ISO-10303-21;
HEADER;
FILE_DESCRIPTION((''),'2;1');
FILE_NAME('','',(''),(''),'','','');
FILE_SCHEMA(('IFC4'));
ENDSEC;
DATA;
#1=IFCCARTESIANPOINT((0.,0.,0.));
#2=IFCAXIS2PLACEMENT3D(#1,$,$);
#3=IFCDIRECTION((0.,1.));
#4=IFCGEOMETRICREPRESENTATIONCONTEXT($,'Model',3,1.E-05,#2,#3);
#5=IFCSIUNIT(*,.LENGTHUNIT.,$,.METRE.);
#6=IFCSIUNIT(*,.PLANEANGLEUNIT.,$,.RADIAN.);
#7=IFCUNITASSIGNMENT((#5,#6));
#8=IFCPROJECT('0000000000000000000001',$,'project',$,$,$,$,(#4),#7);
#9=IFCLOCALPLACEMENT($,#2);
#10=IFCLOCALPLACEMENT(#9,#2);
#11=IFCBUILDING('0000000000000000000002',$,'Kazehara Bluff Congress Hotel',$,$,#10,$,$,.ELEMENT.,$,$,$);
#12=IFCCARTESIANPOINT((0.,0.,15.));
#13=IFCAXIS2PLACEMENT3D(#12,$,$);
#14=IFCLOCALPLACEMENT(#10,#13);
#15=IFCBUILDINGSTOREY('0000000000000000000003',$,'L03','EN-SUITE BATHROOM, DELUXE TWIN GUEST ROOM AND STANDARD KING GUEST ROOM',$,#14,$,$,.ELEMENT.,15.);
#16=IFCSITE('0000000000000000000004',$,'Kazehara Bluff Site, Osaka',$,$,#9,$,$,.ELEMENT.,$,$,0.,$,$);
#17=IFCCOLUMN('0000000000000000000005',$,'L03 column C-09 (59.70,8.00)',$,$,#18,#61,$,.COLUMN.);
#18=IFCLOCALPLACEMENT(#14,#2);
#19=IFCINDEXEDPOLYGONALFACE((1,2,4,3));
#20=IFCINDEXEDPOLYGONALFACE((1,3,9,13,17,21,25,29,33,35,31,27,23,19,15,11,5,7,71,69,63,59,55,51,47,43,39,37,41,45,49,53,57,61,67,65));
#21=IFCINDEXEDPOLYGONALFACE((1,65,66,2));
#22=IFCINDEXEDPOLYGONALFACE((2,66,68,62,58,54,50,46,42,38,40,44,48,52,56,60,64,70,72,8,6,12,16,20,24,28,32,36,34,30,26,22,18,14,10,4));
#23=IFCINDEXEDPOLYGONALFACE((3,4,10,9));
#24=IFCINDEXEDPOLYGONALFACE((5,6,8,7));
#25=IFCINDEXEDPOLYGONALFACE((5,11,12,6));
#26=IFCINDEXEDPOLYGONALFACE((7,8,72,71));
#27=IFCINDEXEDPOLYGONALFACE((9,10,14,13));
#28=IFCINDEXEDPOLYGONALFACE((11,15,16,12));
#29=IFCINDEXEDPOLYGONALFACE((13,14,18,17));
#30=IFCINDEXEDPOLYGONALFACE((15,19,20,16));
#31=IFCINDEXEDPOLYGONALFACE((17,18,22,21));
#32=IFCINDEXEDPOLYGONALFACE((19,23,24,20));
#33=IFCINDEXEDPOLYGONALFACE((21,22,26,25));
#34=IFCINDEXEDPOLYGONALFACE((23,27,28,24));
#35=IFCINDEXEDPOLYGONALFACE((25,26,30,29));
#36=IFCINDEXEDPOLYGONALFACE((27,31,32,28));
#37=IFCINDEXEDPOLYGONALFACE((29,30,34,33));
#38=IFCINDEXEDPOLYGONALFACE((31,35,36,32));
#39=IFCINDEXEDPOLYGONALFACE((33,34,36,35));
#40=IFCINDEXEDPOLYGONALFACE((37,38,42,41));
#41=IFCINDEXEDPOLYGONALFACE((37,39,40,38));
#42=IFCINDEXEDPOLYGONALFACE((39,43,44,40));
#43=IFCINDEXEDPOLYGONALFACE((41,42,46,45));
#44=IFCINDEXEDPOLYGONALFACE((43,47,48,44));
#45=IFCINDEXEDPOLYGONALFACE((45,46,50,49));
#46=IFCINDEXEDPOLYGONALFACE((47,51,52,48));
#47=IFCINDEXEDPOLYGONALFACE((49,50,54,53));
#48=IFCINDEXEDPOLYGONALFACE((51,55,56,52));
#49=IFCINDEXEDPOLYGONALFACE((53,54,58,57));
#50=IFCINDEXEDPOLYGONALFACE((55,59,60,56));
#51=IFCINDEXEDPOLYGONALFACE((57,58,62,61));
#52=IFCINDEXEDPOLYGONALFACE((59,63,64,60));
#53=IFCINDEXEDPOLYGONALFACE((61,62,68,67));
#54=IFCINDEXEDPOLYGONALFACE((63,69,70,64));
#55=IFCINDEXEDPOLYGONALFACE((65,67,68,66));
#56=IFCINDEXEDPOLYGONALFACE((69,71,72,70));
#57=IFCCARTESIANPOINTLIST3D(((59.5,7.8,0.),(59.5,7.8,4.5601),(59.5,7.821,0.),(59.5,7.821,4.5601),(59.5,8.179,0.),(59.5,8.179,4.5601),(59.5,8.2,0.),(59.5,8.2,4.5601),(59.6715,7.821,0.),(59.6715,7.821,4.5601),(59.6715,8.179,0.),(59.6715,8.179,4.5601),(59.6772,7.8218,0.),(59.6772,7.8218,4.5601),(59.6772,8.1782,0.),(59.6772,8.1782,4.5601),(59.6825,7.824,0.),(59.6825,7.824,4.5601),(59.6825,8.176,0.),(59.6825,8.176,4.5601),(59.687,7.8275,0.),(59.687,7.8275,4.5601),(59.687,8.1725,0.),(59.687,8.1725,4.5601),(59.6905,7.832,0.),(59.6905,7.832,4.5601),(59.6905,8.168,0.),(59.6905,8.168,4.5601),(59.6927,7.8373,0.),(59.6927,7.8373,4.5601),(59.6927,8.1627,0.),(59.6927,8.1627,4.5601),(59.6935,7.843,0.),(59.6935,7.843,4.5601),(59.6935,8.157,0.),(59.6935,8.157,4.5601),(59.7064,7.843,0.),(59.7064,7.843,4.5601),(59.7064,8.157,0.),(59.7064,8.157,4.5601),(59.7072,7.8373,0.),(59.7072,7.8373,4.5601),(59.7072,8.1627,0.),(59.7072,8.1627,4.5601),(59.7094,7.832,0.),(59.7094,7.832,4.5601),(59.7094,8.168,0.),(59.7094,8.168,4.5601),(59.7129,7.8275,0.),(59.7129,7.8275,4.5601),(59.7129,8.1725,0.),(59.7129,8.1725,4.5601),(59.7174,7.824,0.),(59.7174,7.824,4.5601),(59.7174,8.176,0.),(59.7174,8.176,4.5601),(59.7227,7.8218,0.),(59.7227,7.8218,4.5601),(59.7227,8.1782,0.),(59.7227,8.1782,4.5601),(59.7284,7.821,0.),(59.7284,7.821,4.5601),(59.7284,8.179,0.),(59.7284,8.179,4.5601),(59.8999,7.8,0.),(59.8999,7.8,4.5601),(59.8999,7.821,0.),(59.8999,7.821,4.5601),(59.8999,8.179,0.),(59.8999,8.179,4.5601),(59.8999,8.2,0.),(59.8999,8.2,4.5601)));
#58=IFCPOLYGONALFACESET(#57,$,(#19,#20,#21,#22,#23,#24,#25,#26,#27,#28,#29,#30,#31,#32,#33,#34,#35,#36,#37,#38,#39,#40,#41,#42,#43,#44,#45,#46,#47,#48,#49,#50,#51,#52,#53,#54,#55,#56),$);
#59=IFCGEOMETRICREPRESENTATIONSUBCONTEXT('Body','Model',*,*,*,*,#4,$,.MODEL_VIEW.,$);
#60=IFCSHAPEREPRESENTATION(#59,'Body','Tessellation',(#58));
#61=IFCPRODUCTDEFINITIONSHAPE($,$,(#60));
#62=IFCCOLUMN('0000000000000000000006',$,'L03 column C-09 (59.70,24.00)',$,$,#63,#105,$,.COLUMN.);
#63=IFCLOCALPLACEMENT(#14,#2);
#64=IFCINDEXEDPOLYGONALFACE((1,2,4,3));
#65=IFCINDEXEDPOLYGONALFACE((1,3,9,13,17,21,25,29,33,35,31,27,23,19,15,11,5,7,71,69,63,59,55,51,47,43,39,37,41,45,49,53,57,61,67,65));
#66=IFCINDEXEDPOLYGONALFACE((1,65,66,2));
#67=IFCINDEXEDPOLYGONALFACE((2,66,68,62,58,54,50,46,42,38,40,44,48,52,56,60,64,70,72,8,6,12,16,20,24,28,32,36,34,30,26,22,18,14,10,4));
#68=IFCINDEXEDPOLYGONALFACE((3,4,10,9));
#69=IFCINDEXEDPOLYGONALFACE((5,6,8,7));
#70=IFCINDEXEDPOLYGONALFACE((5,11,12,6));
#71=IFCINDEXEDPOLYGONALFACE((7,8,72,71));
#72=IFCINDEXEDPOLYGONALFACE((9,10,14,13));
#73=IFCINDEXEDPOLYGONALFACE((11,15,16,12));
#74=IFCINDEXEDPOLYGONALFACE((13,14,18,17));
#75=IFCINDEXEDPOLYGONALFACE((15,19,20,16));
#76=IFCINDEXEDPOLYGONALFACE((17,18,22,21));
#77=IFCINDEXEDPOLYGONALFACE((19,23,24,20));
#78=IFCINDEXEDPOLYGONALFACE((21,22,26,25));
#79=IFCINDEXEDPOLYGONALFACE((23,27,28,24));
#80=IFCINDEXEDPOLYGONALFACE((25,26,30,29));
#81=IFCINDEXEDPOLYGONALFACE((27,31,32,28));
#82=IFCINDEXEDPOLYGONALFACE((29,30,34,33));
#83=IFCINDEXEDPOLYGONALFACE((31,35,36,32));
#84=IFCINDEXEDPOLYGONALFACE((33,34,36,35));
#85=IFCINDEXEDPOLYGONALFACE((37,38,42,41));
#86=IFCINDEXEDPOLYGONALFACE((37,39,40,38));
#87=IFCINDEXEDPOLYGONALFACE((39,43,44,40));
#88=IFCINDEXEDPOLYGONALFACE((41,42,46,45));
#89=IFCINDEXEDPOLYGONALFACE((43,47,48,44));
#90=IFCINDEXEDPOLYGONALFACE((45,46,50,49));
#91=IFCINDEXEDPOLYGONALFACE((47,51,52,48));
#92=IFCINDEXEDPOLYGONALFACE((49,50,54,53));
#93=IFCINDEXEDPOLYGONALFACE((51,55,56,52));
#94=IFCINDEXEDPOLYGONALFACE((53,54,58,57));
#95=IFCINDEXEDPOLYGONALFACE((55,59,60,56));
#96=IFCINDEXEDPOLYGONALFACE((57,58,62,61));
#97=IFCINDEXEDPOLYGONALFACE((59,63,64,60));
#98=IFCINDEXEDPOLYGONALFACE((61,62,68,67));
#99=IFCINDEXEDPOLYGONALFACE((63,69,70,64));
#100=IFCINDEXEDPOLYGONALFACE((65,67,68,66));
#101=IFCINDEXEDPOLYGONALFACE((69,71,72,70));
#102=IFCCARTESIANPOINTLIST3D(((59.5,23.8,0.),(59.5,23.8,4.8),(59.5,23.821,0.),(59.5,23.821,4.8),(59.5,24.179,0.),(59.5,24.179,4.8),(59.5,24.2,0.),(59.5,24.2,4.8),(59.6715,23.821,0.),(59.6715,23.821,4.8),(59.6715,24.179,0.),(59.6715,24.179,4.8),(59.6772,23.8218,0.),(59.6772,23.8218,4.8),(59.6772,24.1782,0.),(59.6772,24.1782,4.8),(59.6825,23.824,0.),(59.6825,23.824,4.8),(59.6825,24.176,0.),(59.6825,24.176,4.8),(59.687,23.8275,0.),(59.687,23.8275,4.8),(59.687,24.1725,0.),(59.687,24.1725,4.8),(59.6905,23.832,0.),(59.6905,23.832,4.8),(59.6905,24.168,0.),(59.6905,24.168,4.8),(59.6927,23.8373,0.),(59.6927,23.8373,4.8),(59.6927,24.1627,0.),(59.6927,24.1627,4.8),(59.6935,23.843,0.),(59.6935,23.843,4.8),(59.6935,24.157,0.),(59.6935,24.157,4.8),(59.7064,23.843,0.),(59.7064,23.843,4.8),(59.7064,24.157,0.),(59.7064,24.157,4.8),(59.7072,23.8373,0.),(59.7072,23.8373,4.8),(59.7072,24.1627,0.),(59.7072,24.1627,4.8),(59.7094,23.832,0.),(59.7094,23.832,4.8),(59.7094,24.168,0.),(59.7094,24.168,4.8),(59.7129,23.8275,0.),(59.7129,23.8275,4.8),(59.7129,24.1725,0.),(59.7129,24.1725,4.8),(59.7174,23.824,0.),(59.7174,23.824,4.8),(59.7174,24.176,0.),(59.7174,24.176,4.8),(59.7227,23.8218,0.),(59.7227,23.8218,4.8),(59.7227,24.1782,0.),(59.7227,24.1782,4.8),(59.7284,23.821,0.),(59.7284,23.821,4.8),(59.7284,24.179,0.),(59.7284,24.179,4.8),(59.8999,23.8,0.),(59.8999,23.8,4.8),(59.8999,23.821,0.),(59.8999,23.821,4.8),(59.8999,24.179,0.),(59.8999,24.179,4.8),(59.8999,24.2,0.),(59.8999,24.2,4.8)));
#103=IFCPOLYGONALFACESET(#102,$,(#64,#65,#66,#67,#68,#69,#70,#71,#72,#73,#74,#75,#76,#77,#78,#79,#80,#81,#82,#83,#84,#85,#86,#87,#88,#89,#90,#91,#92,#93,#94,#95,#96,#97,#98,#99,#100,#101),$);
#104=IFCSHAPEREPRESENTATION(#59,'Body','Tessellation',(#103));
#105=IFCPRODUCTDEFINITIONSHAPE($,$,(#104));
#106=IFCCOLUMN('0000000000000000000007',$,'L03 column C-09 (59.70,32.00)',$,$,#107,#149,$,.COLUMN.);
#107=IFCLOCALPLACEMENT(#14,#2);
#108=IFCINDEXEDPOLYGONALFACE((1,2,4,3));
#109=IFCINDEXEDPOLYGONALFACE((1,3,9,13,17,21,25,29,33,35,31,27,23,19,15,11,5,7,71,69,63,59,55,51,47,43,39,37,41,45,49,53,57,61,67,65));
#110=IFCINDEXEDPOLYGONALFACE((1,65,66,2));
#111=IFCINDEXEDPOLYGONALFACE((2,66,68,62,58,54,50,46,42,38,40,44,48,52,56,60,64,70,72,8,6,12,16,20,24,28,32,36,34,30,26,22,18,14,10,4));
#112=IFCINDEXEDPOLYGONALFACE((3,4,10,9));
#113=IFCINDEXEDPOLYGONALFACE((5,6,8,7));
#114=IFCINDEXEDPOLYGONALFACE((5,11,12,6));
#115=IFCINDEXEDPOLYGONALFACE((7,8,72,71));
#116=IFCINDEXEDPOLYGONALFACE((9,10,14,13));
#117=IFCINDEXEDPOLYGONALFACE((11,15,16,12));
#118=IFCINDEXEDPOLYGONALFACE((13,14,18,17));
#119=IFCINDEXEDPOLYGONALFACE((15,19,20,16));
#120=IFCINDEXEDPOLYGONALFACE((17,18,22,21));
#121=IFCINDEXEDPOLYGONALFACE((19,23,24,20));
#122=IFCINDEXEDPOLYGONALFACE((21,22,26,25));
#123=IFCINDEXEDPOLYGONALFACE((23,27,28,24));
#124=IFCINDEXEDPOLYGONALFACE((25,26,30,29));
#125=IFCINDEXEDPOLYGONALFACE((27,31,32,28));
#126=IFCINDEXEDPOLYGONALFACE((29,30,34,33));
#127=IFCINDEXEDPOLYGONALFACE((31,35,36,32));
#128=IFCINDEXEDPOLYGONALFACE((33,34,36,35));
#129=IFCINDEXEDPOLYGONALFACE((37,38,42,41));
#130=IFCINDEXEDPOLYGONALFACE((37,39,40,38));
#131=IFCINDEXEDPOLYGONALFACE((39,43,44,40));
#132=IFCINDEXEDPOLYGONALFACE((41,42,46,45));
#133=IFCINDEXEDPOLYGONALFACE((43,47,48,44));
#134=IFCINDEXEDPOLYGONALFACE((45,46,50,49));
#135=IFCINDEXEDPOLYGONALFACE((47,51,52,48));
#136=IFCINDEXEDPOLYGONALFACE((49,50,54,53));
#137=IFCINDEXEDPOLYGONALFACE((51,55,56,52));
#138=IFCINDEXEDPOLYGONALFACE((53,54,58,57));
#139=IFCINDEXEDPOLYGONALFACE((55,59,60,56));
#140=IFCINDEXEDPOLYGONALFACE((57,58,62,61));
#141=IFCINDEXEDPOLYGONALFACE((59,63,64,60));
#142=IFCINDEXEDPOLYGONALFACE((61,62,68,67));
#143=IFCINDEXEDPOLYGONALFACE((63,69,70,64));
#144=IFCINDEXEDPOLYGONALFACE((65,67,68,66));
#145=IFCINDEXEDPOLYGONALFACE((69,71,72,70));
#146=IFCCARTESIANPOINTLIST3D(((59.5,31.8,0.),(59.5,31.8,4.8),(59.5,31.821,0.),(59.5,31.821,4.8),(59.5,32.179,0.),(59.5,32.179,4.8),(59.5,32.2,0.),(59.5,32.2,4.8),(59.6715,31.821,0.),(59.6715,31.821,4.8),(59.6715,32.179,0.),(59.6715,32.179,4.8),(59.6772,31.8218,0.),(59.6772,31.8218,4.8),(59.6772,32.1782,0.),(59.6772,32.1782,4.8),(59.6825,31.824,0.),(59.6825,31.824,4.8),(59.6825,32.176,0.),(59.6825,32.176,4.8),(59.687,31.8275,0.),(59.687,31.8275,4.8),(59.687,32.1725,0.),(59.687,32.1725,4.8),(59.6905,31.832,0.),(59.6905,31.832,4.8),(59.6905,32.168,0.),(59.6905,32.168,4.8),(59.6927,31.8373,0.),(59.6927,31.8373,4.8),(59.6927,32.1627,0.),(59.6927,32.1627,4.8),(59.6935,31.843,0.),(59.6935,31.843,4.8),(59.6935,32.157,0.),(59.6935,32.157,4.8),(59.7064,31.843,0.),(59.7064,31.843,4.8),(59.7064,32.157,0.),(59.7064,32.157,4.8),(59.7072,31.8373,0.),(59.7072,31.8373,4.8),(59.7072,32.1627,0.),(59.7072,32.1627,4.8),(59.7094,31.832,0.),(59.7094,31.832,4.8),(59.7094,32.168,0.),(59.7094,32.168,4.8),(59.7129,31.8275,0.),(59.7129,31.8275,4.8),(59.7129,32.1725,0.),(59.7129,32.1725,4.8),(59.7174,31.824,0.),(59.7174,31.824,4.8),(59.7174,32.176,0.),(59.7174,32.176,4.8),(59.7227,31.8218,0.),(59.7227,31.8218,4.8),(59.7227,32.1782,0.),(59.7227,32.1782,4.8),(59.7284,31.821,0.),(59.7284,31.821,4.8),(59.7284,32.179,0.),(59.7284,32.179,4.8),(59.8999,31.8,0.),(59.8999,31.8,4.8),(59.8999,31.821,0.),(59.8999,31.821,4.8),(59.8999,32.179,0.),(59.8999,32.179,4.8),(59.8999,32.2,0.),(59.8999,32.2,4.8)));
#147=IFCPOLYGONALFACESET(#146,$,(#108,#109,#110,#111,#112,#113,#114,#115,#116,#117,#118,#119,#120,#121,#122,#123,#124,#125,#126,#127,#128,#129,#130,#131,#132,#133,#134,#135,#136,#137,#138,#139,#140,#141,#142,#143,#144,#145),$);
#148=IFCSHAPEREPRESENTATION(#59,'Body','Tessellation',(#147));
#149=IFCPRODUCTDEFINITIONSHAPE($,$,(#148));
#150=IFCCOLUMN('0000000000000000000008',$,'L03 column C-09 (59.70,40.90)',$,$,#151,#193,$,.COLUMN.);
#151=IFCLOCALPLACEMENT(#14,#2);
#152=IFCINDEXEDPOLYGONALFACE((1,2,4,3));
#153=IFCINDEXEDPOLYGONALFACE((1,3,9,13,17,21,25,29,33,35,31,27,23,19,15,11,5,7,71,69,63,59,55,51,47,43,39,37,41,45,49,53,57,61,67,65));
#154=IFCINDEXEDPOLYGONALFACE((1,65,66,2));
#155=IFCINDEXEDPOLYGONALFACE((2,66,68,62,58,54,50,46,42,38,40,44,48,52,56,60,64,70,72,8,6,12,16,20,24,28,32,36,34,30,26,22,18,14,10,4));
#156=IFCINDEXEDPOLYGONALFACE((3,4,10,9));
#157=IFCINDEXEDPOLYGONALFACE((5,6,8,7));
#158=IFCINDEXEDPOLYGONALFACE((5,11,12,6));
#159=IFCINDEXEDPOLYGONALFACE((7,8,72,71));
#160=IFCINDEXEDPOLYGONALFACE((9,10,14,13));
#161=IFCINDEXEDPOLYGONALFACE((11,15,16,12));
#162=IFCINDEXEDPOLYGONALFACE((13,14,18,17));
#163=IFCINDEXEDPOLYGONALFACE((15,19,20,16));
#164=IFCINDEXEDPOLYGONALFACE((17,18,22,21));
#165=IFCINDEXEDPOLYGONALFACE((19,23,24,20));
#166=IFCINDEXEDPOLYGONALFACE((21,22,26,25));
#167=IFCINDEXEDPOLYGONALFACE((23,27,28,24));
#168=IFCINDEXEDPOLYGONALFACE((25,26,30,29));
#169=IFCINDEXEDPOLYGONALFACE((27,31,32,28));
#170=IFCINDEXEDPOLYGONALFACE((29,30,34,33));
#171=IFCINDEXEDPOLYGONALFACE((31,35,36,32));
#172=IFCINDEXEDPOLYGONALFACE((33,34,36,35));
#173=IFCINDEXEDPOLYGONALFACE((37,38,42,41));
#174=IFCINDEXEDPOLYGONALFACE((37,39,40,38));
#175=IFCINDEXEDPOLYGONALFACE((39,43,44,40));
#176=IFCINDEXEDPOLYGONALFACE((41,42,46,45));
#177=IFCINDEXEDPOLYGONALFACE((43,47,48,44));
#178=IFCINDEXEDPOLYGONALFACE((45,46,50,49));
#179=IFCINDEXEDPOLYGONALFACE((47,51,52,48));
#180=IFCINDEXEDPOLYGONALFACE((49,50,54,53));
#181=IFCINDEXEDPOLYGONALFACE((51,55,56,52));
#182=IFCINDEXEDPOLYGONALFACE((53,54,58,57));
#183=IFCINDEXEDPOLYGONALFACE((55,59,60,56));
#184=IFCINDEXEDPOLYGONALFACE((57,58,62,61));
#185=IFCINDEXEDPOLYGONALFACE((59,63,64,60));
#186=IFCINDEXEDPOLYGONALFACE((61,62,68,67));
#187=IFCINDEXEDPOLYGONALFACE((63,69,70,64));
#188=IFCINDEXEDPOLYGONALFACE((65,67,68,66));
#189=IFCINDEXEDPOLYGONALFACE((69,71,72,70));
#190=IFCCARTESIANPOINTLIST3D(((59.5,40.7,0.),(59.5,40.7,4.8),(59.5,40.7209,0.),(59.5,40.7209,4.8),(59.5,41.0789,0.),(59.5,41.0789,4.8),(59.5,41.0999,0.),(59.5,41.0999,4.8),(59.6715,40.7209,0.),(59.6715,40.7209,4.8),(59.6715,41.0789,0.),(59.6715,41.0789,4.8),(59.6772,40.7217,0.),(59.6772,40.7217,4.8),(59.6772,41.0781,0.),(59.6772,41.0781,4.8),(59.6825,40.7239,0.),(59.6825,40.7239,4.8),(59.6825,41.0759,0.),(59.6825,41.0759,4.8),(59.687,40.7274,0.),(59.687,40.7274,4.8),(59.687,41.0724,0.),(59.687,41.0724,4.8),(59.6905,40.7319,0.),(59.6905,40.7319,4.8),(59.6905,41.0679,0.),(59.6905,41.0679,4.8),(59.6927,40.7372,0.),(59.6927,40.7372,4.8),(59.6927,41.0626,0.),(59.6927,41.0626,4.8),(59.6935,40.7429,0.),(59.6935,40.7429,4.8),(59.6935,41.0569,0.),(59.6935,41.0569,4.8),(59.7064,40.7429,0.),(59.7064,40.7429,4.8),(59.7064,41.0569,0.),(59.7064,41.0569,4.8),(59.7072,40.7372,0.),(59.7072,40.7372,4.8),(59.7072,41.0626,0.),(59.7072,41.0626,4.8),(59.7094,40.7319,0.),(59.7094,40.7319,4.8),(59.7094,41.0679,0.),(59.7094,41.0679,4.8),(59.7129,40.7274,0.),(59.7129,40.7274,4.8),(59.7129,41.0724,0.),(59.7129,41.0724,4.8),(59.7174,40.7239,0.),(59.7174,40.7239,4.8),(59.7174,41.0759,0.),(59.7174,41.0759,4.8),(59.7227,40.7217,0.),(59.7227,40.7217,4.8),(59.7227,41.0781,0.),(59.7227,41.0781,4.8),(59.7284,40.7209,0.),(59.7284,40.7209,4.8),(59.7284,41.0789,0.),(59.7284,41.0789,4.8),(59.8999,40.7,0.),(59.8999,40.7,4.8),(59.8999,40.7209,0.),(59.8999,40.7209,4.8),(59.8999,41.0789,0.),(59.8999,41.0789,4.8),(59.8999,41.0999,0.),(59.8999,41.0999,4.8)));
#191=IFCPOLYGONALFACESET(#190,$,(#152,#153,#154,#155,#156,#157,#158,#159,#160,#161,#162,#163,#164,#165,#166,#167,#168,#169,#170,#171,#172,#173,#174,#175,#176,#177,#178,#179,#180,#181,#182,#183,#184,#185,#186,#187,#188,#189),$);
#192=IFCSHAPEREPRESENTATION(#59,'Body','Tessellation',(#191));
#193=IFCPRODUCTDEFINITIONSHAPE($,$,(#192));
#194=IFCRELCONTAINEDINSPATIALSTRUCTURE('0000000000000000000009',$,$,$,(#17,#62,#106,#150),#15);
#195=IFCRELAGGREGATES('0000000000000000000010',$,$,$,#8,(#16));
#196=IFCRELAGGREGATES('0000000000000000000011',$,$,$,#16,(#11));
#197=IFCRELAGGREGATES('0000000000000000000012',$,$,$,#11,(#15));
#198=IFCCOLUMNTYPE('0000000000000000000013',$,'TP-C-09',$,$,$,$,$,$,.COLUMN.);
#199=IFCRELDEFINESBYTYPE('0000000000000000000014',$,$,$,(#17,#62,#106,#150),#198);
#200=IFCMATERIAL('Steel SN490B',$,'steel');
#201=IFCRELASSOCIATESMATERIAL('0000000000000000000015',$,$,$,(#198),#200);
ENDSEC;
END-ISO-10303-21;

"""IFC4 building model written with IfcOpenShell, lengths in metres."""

from ifc_helpers import new_model, si_unit, direction, frame, origin, origin_2d, place, context, subcontext, project, spatial, i_section, extrude, material, material_profile, profile_set, type_object, element, save


model = new_model("IFC4")

# Units and contexts
model_context = context("Model", 3, precision=1e-05, world=origin(), true_north=direction((0.0, 1.0)))
body_context = subcontext(model_context, "Body", "Model", "MODEL_VIEW")
ifc_project = project(units=[si_unit("LENGTHUNIT", "METRE"), si_unit("PLANEANGLEUNIT", "RADIAN")], contexts=[model_context])

# Site, building, storey
site_placement = place(None, origin())
site = spatial("IfcSite", under=ifc_project, at=site_placement, Name="Kazehara Bluff Site, Osaka", CompositionType="ELEMENT", RefElevation=0.0)
building_placement = place(site_placement, origin())
building = spatial("IfcBuilding", under=site, at=building_placement, Name="Kazehara Bluff Congress Hotel", CompositionType="ELEMENT")
storey_placement = place(building_placement, frame((0.0, 0.0, 15.0)))
storey = spatial("IfcBuildingStorey", under=building, at=storey_placement, Name="L03", Description="EN-SUITE BATHROOM, DELUXE TWIN GUEST ROOM AND STANDARD KING GUEST ROOM", CompositionType="ELEMENT", Elevation=15.0)

# Columns
ifc_material_1 = material(Name="Steel SN490B", Category="steel")
ifc_material_profile_1 = material_profile(ifc_material_1, i_section(OverallWidth=0.3999, OverallDepth=0.3999, WebThickness=0.0129, FlangeThickness=0.021, FilletRadius=0.022, at=origin_2d()))
ifc_profile_set_1 = profile_set([ifc_material_profile_1], Name="Steel SN490B")
column_type = type_object("IfcColumnType", Name="TP-C-09", PredefinedType="COLUMN", material=ifc_profile_set_1)
column_placement = place(storey_placement, frame((59.7, 8.0, 0.0), z_axis=(0.0, 0.0, 1.0), x_axis=(1.0, 0.0, 0.0)))
element("IfcColumn", 1, at=column_placement, inside=storey, type_object=column_type, Name="L03 column C-09 (59.70,8.00)", PredefinedType="COLUMN", context=body_context, shape_type="SweptSolid", body=[
    extrude(i_section(OverallWidth=0.3999, OverallDepth=0.3999, WebThickness=0.0129, FlangeThickness=0.021, FilletRadius=0.022, at=origin_2d()), origin(), (0.0, 0.0, 1.0), 4.5601),
])
for number, where, z_axis, x_axis, name in (
    (2, (59.7, 24.0, 0.0), (0.0, 0.0, 1.0), (1.0, 0.0, 0.0), "L03 column C-09 (59.70,24.00)"),
    (3, (59.7, 32.0, 0.0), (0.0, 0.0, 1.0), (1.0, 0.0, 0.0), "L03 column C-09 (59.70,32.00)"),
    (4, (59.7, 40.8999, 0.0), (0.0, 0.0, 1.0), (1.0, 0.0, 0.0), "L03 column C-09 (59.70,40.90)"),
):
    element("IfcColumn", number, at=place(storey_placement, frame(where, z_axis=z_axis, x_axis=x_axis)), inside=storey, type_object=column_type, Name=name, PredefinedType="COLUMN", context=body_context, shape_type="SweptSolid", body=[
        extrude(i_section(OverallWidth=0.3999, OverallDepth=0.3999, WebThickness=0.0129, FlangeThickness=0.021, FilletRadius=0.022, at=origin_2d()), origin(), (0.0, 0.0, 1.0), 4.8),
    ])

save(model, "model.ifc")
